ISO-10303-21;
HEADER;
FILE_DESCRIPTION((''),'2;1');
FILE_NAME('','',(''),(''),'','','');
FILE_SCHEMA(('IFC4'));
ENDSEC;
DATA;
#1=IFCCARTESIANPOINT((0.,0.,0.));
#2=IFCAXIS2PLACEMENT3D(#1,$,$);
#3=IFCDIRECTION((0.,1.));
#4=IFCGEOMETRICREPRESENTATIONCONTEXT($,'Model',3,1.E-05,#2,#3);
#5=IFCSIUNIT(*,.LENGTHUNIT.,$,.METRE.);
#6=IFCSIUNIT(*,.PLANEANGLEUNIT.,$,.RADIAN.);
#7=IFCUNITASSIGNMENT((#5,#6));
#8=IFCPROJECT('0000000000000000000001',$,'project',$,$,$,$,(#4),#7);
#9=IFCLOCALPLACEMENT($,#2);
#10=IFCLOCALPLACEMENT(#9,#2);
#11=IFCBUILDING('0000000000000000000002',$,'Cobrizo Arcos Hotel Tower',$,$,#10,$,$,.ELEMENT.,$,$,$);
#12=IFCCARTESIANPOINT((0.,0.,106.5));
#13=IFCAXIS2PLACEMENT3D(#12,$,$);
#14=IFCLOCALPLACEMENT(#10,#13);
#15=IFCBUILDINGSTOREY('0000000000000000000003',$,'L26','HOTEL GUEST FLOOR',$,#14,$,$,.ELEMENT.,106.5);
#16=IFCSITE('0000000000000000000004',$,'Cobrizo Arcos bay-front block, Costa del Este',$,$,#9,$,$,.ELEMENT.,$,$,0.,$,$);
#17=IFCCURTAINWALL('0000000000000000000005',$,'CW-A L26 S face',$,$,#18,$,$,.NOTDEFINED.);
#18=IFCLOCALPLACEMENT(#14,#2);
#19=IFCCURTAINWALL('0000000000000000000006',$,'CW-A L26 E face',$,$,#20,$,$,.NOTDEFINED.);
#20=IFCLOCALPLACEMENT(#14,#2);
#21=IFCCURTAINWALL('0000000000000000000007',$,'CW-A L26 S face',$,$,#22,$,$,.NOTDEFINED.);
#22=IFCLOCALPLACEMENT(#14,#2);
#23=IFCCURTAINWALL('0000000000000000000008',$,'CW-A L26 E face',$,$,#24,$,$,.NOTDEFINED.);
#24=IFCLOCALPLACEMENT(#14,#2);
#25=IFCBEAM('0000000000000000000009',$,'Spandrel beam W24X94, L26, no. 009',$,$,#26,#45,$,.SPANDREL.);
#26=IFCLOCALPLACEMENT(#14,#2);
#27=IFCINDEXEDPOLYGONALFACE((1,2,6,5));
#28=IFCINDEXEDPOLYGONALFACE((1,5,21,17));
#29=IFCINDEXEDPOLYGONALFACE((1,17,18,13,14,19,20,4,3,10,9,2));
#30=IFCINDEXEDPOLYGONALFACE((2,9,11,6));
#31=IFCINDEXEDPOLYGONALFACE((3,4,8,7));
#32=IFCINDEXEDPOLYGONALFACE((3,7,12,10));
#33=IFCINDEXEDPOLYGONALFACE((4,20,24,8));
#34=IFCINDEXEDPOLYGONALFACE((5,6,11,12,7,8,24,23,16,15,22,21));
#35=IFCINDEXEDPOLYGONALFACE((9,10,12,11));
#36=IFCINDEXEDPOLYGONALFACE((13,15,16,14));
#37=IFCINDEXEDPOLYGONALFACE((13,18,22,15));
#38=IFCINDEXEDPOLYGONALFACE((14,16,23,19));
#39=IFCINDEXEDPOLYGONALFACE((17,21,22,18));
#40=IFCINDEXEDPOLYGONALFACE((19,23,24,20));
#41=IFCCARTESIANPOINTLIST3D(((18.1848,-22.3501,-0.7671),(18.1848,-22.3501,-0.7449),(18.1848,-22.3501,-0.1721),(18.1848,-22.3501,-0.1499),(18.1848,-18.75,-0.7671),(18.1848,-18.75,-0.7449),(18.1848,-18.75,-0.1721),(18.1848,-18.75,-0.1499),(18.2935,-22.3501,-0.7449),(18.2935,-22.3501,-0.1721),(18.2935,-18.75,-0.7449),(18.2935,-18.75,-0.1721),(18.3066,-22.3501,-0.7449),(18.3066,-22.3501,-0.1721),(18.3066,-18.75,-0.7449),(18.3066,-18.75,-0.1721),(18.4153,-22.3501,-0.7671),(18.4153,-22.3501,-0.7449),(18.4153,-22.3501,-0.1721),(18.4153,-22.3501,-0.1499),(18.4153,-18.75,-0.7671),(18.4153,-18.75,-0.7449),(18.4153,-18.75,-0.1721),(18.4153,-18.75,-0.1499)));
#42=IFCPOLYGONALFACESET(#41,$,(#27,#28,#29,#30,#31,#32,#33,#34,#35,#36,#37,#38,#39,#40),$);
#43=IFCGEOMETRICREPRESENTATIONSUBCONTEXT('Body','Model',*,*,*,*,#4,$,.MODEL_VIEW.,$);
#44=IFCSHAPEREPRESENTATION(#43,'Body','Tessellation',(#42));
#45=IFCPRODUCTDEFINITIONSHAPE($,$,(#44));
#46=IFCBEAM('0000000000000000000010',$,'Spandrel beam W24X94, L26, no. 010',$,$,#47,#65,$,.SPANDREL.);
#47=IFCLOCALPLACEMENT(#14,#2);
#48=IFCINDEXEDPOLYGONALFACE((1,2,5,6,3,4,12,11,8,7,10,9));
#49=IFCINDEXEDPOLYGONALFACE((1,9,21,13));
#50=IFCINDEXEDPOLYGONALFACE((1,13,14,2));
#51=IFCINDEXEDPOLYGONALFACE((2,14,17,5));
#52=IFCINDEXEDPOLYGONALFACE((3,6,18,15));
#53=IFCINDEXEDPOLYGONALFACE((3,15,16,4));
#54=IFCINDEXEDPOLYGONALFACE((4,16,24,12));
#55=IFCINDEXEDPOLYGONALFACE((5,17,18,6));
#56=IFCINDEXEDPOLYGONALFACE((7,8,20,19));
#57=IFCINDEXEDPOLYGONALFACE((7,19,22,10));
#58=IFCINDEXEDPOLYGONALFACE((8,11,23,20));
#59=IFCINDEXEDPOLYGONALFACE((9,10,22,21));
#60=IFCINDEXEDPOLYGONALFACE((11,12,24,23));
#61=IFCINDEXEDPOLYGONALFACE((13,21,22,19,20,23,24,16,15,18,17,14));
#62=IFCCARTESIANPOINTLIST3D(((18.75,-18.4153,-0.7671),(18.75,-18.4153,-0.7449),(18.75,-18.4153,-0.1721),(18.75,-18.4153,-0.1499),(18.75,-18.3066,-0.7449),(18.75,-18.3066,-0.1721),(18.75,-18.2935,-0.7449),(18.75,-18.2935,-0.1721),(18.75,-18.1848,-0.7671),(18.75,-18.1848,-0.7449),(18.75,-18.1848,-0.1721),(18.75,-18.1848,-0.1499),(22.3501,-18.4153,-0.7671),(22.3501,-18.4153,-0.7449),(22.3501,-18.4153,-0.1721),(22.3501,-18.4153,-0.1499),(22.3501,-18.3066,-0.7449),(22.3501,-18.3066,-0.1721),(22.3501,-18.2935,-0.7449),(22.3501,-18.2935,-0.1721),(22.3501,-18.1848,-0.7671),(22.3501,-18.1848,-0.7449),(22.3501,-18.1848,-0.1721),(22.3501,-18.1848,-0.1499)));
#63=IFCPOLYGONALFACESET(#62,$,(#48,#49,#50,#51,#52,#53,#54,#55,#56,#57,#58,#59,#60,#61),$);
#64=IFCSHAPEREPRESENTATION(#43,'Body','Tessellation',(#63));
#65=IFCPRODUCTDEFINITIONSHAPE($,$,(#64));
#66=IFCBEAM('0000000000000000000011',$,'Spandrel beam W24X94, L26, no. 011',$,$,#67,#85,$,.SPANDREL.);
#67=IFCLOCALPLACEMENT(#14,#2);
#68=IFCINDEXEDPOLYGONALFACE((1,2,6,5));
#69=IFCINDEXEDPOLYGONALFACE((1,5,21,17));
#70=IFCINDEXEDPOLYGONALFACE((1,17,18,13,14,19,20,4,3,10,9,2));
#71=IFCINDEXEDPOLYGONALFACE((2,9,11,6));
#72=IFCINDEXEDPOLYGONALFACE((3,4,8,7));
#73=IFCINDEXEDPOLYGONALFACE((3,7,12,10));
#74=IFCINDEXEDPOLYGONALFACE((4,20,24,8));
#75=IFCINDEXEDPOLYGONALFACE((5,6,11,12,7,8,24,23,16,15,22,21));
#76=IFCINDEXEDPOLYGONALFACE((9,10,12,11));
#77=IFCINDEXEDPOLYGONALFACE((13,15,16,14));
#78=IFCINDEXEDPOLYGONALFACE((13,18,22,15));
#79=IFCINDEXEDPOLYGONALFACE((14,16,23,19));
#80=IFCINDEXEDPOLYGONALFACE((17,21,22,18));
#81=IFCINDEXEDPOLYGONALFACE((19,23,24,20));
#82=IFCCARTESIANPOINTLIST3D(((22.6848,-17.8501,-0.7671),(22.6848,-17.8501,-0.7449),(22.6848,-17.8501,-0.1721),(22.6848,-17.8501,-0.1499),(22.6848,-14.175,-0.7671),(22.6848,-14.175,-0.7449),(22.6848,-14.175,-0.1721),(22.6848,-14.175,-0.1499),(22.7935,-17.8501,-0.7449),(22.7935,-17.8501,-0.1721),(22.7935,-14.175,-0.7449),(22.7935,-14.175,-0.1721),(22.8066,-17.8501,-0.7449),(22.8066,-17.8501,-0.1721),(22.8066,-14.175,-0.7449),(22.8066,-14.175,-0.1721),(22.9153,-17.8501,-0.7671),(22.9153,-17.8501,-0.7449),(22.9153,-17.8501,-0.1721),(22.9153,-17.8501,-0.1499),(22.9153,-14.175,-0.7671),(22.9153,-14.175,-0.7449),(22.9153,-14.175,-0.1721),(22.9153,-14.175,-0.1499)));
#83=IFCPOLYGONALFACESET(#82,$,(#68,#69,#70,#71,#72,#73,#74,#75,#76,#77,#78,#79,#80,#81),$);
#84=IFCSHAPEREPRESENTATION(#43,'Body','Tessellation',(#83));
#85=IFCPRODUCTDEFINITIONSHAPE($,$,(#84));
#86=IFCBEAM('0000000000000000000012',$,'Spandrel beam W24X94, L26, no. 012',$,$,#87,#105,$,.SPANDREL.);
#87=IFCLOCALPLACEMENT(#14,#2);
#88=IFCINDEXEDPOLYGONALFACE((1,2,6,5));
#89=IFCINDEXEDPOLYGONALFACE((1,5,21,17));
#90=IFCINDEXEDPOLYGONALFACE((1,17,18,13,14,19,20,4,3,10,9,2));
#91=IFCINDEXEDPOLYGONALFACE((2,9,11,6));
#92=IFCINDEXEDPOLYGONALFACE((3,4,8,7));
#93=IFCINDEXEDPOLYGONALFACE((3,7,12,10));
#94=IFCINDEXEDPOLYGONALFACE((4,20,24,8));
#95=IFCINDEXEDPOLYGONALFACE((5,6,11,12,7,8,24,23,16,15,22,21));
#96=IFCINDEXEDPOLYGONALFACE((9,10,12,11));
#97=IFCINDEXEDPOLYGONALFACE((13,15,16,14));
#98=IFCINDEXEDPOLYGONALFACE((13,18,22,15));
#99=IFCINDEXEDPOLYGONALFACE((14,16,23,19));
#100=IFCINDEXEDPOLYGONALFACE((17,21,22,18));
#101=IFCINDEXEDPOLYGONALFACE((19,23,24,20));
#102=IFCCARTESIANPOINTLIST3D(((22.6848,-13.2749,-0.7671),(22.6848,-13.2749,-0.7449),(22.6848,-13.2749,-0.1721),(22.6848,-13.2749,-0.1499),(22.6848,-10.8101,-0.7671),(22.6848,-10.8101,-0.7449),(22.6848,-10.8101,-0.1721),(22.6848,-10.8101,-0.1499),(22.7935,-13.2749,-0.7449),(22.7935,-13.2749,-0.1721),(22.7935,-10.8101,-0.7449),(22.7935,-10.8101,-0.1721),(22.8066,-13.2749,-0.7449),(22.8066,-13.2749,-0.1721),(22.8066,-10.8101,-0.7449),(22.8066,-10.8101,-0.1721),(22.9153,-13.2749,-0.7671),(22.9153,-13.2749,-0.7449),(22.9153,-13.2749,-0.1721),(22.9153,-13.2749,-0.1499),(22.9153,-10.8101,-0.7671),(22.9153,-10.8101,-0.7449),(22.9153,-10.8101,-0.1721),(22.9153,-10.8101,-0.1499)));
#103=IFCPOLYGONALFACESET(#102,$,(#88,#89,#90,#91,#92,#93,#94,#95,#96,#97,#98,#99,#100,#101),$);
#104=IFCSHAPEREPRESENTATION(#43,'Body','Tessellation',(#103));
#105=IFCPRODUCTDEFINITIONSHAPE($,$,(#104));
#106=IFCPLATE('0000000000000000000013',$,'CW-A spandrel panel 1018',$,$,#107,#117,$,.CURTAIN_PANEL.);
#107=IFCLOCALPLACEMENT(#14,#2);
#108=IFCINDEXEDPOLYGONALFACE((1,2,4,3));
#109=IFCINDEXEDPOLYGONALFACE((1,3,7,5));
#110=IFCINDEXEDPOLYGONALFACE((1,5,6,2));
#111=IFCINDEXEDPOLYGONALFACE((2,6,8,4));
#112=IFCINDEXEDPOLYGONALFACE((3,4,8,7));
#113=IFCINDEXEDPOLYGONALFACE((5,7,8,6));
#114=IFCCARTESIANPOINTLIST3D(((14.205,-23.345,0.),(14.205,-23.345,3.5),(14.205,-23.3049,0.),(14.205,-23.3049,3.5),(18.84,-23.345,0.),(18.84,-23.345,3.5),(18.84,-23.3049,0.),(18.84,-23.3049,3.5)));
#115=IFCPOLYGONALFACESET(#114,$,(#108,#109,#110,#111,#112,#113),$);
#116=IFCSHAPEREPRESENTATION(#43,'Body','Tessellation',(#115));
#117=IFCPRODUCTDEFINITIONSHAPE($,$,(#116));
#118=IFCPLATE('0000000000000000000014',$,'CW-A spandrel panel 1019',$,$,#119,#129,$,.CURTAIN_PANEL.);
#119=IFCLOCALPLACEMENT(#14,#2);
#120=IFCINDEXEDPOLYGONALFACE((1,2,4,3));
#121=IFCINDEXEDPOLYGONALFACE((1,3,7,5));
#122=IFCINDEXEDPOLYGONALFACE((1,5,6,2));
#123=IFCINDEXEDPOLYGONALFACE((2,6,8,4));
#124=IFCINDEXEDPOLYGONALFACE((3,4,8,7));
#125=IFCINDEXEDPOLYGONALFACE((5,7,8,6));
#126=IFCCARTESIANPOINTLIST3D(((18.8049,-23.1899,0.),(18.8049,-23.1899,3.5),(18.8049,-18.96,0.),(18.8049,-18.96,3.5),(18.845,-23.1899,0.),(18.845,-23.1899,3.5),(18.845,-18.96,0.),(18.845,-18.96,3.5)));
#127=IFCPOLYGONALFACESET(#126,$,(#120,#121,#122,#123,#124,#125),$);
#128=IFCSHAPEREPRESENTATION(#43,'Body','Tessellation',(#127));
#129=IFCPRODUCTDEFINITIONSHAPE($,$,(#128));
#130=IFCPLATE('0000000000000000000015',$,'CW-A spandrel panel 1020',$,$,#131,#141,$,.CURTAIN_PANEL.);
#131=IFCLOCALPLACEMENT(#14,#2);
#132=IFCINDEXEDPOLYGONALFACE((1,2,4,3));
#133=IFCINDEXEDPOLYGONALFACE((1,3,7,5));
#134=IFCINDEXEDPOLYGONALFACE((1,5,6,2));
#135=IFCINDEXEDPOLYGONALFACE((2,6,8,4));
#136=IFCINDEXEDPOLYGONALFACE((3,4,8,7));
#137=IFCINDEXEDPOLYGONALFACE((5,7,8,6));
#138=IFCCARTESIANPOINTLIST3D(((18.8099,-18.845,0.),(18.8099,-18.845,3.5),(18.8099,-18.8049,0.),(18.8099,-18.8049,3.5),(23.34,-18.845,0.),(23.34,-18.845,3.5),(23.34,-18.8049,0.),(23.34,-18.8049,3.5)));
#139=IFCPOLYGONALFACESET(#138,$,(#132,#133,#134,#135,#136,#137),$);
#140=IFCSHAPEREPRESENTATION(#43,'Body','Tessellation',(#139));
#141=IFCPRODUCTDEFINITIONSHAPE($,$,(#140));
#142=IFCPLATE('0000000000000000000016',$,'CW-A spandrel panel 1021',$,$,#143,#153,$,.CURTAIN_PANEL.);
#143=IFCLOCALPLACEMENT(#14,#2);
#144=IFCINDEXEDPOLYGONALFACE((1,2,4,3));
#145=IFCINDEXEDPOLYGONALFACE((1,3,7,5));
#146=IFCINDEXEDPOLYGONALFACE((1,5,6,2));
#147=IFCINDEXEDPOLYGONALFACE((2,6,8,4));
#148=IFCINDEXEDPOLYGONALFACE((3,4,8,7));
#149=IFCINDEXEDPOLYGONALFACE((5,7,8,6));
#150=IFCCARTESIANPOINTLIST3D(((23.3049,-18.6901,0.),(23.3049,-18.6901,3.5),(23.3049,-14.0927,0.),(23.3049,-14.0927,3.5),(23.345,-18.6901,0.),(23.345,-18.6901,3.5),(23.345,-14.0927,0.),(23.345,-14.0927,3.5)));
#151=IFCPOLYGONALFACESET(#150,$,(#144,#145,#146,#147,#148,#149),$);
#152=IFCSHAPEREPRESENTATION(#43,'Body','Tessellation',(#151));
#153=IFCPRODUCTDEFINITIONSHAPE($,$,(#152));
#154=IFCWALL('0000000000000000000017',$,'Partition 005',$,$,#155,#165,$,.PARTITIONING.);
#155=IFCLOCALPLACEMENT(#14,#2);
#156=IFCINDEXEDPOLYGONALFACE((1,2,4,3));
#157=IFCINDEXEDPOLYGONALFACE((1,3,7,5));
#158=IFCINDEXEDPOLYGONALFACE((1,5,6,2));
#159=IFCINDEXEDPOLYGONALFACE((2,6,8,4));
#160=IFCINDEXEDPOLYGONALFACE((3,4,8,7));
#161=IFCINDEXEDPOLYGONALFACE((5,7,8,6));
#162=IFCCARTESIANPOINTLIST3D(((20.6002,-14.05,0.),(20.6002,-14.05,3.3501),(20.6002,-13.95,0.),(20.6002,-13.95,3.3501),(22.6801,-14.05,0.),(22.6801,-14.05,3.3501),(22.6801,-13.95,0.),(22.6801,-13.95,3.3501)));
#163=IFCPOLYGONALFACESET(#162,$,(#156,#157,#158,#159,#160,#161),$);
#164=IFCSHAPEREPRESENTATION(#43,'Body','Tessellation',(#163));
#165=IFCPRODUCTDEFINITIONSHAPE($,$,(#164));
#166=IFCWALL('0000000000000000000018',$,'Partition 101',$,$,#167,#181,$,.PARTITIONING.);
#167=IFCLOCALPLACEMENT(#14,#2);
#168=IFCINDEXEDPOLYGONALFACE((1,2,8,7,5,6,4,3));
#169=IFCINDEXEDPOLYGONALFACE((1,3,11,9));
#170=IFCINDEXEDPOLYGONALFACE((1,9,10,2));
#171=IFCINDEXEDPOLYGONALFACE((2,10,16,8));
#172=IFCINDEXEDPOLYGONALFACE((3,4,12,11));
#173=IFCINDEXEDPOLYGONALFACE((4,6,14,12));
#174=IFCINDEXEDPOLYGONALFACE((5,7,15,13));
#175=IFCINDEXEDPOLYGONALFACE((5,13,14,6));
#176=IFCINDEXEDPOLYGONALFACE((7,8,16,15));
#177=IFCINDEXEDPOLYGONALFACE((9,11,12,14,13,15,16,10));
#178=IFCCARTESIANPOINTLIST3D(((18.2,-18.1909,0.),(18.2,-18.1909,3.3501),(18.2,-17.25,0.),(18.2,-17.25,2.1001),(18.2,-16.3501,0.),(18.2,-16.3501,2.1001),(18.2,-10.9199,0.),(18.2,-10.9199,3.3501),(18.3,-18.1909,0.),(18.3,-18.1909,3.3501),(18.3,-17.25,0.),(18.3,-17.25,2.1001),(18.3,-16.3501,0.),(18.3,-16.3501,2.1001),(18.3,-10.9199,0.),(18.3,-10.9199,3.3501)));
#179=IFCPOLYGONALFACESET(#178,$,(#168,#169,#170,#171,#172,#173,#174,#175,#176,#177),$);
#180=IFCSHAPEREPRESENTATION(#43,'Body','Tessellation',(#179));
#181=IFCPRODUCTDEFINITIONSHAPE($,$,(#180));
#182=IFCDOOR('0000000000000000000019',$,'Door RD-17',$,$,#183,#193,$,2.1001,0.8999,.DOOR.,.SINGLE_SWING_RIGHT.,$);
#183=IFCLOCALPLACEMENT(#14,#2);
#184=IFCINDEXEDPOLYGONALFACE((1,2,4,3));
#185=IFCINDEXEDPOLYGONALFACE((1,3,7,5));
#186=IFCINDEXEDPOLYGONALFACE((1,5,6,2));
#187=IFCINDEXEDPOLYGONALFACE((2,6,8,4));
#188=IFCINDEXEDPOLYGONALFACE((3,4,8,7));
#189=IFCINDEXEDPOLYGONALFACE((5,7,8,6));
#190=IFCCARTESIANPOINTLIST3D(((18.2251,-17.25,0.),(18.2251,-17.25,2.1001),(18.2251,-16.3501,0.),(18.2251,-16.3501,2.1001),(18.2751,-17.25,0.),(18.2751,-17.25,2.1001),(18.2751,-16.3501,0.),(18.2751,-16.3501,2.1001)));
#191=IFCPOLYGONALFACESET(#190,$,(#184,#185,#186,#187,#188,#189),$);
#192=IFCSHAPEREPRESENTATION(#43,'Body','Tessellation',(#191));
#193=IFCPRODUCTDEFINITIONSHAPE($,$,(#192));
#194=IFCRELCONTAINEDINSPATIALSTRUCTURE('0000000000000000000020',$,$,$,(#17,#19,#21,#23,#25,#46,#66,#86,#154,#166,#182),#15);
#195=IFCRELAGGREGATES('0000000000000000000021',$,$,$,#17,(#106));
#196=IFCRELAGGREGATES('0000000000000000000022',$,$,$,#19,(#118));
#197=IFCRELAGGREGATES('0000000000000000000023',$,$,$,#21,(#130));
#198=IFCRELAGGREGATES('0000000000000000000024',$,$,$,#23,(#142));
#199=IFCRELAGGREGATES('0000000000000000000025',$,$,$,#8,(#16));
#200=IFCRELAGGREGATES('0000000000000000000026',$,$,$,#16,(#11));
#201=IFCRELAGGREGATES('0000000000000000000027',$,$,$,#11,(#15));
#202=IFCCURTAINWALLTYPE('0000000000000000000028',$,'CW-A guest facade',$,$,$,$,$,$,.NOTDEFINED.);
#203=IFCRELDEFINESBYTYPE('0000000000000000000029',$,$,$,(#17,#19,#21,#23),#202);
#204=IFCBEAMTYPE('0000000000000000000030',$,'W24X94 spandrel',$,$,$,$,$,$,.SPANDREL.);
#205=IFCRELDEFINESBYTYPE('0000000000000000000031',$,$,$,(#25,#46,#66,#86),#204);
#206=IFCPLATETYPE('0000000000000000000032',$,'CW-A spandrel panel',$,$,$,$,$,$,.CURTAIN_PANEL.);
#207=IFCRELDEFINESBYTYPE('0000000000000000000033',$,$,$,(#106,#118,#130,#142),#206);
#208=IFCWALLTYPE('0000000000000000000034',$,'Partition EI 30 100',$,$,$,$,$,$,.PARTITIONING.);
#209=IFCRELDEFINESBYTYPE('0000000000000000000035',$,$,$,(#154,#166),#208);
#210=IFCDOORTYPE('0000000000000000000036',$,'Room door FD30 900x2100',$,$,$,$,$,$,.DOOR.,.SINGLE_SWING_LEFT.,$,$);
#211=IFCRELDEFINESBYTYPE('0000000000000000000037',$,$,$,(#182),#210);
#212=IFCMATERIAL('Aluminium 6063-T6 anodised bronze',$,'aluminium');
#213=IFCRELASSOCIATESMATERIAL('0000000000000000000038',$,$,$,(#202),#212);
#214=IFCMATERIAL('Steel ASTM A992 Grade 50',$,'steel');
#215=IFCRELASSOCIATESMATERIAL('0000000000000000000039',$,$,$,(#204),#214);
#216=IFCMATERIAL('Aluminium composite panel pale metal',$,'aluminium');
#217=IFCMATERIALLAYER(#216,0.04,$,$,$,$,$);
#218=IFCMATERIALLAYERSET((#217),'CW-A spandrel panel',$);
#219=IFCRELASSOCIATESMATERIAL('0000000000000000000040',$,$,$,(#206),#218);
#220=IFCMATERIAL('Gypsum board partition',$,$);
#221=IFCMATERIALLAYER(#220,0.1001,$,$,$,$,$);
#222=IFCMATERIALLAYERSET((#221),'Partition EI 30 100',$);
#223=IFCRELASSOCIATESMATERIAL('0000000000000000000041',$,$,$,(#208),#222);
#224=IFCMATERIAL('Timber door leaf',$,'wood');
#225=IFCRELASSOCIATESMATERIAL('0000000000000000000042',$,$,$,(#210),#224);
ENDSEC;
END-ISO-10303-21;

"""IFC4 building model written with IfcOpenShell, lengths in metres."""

from ifc_helpers import new_model, si_unit, direction, frame, frame_2d, origin, origin_2d, place, context, subcontext, project, spatial, rectangle, i_section, extrude, material, layer, layer_set, material_profile, profile_set, type_object, element, fill, aggregate, save


model = new_model("IFC4")

# Units and contexts
model_context = context("Model", 3, precision=1e-05, world=origin(), true_north=direction((0.0, 1.0)))
body_context = subcontext(model_context, "Body", "Model", "MODEL_VIEW")
ifc_project = project(units=[si_unit("LENGTHUNIT", "METRE"), si_unit("PLANEANGLEUNIT", "RADIAN")], contexts=[model_context])

# Site, building, storey
site_placement = place(None, origin())
site = spatial("IfcSite", under=ifc_project, at=site_placement, Name="Cobrizo Arcos bay-front block, Costa del Este", CompositionType="ELEMENT", RefElevation=0.0)
building_placement = place(site_placement, origin())
building = spatial("IfcBuilding", under=site, at=building_placement, Name="Cobrizo Arcos Hotel Tower", CompositionType="ELEMENT")
storey_placement = place(building_placement, frame((0.0, 0.0, 106.5)))
storey = spatial("IfcBuildingStorey", under=building, at=storey_placement, Name="L26", Description="HOTEL GUEST FLOOR", CompositionType="ELEMENT", Elevation=106.5)

# Curtain wall
ifc_material_1 = material(Name="Aluminium 6063-T6 anodised bronze", Category="aluminium")
curtain_wall_type = type_object("IfcCurtainWallType", Name="CW-A guest facade", PredefinedType="NOTDEFINED", material=ifc_material_1)
curtain_wall_1_placement = place(storey_placement, origin())
curtain_wall_1 = element("IfcCurtainWall", 1, at=curtain_wall_1_placement, inside=storey, type_object=curtain_wall_type, Name="CW-A L26 S face", PredefinedType="NOTDEFINED")

# Curtain walls
curtain_wall_2_placement = place(storey_placement, origin())
curtain_wall_2 = element("IfcCurtainWall", 2, at=curtain_wall_2_placement, inside=storey, type_object=curtain_wall_type, Name="CW-A L26 E face", PredefinedType="NOTDEFINED")
curtain_wall_3_placement = place(storey_placement, origin())
curtain_wall_3 = element("IfcCurtainWall", 3, at=curtain_wall_3_placement, inside=storey, type_object=curtain_wall_type, Name="CW-A L26 S face", PredefinedType="NOTDEFINED")
curtain_wall_4_placement = place(storey_placement, origin())
curtain_wall_4 = element("IfcCurtainWall", 4, at=curtain_wall_4_placement, inside=storey, type_object=curtain_wall_type, Name="CW-A L26 E face", PredefinedType="NOTDEFINED")

# Beams
ifc_material_2 = material(Name="Steel ASTM A992 Grade 50", Category="steel")
ifc_material_profile_1 = material_profile(ifc_material_2, i_section(OverallWidth=0.2305, OverallDepth=0.6172, WebThickness=0.0132, FlangeThickness=0.0222, at=origin_2d()), Name="W24X94")
ifc_profile_set_1 = profile_set([ifc_material_profile_1], Name="Steel ASTM A992 Grade 50")
beam_type_1 = type_object("IfcBeamType", Name="W24X94 spandrel", PredefinedType="SPANDREL", material=ifc_profile_set_1)
for number, where, z_axis, x_axis, name in (
    (5, (18.3, -22.3501, -0.4585), (0.0, 1.0, 0.0), (-1.0, 0.0, 0.0), "Spandrel beam W24X94, L26, no. 009"),
    (6, (18.75, -18.3, -0.4585), (1.0, 0.0, 0.0), (0.0, 1.0, 0.0), "Spandrel beam W24X94, L26, no. 010"),
):
    element("IfcBeam", number, at=place(storey_placement, frame(where, z_axis=z_axis, x_axis=x_axis)), inside=storey, type_object=beam_type_1, Name=name, PredefinedType="SPANDREL", context=body_context, shape_type="SweptSolid", body=[
        extrude(i_section(OverallWidth=0.2305, OverallDepth=0.6172, WebThickness=0.0132, FlangeThickness=0.0222, at=origin_2d()), origin(), (0.0, 0.0, 1.0), 3.6001),
    ])
beam_1_placement = place(storey_placement, frame((22.8, -17.8501, -0.4585), z_axis=(0.0, 1.0, 0.0), x_axis=(-1.0, 0.0, 0.0)))
element("IfcBeam", 7, at=beam_1_placement, inside=storey, type_object=beam_type_1, Name="Spandrel beam W24X94, L26, no. 011", PredefinedType="SPANDREL", context=body_context, shape_type="SweptSolid", body=[
    extrude(i_section(OverallWidth=0.2305, OverallDepth=0.6172, WebThickness=0.0132, FlangeThickness=0.0222, at=origin_2d()), origin(), (0.0, 0.0, 1.0), 3.675),
])
beam_2_placement = place(storey_placement, frame((22.8, -13.2749, -0.4585), z_axis=(0.0, 1.0, 0.0), x_axis=(-1.0, 0.0, 0.0)))
element("IfcBeam", 8, at=beam_2_placement, inside=storey, type_object=beam_type_1, Name="Spandrel beam W24X94, L26, no. 012", PredefinedType="SPANDREL", context=body_context, shape_type="SweptSolid", body=[
    extrude(i_section(OverallWidth=0.2305, OverallDepth=0.6172, WebThickness=0.0132, FlangeThickness=0.0222, at=origin_2d()), origin(), (0.0, 0.0, 1.0), 2.4648),
])

# Plates
ifc_material_3 = material(Name="Aluminium composite panel pale metal", Category="aluminium")
ifc_layer_1 = layer(ifc_material_3, 0.04)
ifc_layer_set_1 = layer_set([ifc_layer_1], Name="CW-A spandrel panel")
plate_type = type_object("IfcPlateType", Name="CW-A spandrel panel", PredefinedType="CURTAIN_PANEL", material=ifc_layer_set_1)
plate_1_placement = place(storey_placement, frame((16.5225, -23.325, 0.0), z_axis=(0.0, 0.0, 1.0), x_axis=(1.0, 0.0, 0.0)))
plate_1 = element("IfcPlate", 9, at=plate_1_placement, type_object=plate_type, Name="CW-A spandrel panel 1018", PredefinedType="CURTAIN_PANEL", context=body_context, shape_type="SweptSolid", body=[
    extrude(rectangle(XDim=4.635, YDim=0.04, at=origin_2d()), origin(), (0.0, 0.0, 1.0), 3.5),
])
aggregate(curtain_wall_1, [plate_1])
plate_2_placement = place(storey_placement, frame((18.825, -21.075, 0.0), z_axis=(0.0, 0.0, 1.0), x_axis=(0.0, 1.0, 0.0)))
plate_2 = element("IfcPlate", 10, at=plate_2_placement, type_object=plate_type, Name="CW-A spandrel panel 1019", PredefinedType="CURTAIN_PANEL", context=body_context, shape_type="SweptSolid", body=[
    extrude(rectangle(XDim=4.23, YDim=0.04, at=origin_2d()), origin(), (0.0, 0.0, 1.0), 3.5),
])
aggregate(curtain_wall_2, [plate_2])
plate_3_placement = place(storey_placement, frame((21.075, -18.825, 0.0), z_axis=(0.0, 0.0, 1.0), x_axis=(1.0, 0.0, 0.0)))
plate_3 = element("IfcPlate", 11, at=plate_3_placement, type_object=plate_type, Name="CW-A spandrel panel 1020", PredefinedType="CURTAIN_PANEL", context=body_context, shape_type="SweptSolid", body=[
    extrude(rectangle(XDim=4.53, YDim=0.04, at=origin_2d()), origin(), (0.0, 0.0, 1.0), 3.5),
])
aggregate(curtain_wall_3, [plate_3])
plate_4_placement = place(storey_placement, frame((23.325, -16.3914, 0.0), z_axis=(0.0, 0.0, 1.0), x_axis=(0.0, 1.0, 0.0)))
plate_4 = element("IfcPlate", 12, at=plate_4_placement, type_object=plate_type, Name="CW-A spandrel panel 1021", PredefinedType="CURTAIN_PANEL", context=body_context, shape_type="SweptSolid", body=[
    extrude(rectangle(XDim=4.5974, YDim=0.04, at=origin_2d()), origin(), (0.0, 0.0, 1.0), 3.5),
])
aggregate(curtain_wall_4, [plate_4])

# Wall
ifc_material_4 = material(Name="Gypsum board partition")
ifc_layer_2 = layer(ifc_material_4, 0.1001)
ifc_layer_set_2 = layer_set([ifc_layer_2], Name="Partition EI 30 100")
wall_type = type_object("IfcWallType", Name="Partition EI 30 100", PredefinedType="PARTITIONING", material=ifc_layer_set_2)
wall_1_placement = place(storey_placement, frame((20.6001, -14.0, 0.0), z_axis=(0.0, 0.0, 1.0), x_axis=(1.0, 0.0, 0.0)))
element("IfcWall", 13, at=wall_1_placement, inside=storey, type_object=wall_type, Name="Partition 005", PredefinedType="PARTITIONING", context=body_context, shape_type="SweptSolid", body=[
    extrude(rectangle(XDim=2.0798, YDim=0.1001, at=frame_2d((1.04, 0.0))), origin(), (0.0, 0.0, 1.0), 3.3501),
])

# Wall, opening, door
wall_2_placement = place(storey_placement, frame((18.25, -18.1909, 0.0), z_axis=(0.0, 0.0, 1.0), x_axis=(0.0, 1.0, 0.0)))
wall_2 = element("IfcWall", 14, at=wall_2_placement, inside=storey, type_object=wall_type, Name="Partition 101", PredefinedType="PARTITIONING", context=body_context, shape_type="SweptSolid", body=[
    extrude(rectangle(XDim=7.271, YDim=0.1001, at=frame_2d((3.6355, 0.0))), origin(), (0.0, 0.0, 1.0), 3.3501),
])
opening_1_placement = place(wall_2_placement, frame((0.9409, 0.0, 0.0)))
opening_1 = element("IfcOpeningElement", 15, at=opening_1_placement, cuts=wall_2, PredefinedType="OPENING", context=body_context, shape_type="SweptSolid", body=[
    extrude(rectangle(XDim=0.8999, YDim=2.1001, at=frame_2d((0.45, 1.05))), frame((0.0, 0.062, 0.0), z_axis=(0.0, -1.0, 0.0), x_axis=(1.0, 0.0, 0.0)), (0.0, 0.0, 1.0), 0.124),
])
ifc_material_5 = material(Name="Timber door leaf", Category="wood")
door_type_1 = type_object("IfcDoorType", Name="Room door FD30 900x2100", OperationType="SINGLE_SWING_LEFT", PredefinedType="DOOR", material=ifc_material_5)
door_1_placement = place(opening_1_placement, origin())
door_1 = element("IfcDoor", 16, at=door_1_placement, inside=storey, type_object=door_type_1, Name="Door RD-17", OperationType="SINGLE_SWING_RIGHT", OverallHeight=2.1001, OverallWidth=0.8999, PredefinedType="DOOR", context=body_context, shape_type="SweptSolid", body=[
    extrude(rectangle(XDim=0.8999, YDim=2.1001, at=frame_2d((0.45, 1.05))), frame((0.0, 0.0249, 0.0), z_axis=(0.0, -1.0, 0.0), x_axis=(1.0, 0.0, 0.0)), (0.0, 0.0, 1.0), 0.05),
])
fill(opening_1, door_1)

save(model, "model.ifc")
